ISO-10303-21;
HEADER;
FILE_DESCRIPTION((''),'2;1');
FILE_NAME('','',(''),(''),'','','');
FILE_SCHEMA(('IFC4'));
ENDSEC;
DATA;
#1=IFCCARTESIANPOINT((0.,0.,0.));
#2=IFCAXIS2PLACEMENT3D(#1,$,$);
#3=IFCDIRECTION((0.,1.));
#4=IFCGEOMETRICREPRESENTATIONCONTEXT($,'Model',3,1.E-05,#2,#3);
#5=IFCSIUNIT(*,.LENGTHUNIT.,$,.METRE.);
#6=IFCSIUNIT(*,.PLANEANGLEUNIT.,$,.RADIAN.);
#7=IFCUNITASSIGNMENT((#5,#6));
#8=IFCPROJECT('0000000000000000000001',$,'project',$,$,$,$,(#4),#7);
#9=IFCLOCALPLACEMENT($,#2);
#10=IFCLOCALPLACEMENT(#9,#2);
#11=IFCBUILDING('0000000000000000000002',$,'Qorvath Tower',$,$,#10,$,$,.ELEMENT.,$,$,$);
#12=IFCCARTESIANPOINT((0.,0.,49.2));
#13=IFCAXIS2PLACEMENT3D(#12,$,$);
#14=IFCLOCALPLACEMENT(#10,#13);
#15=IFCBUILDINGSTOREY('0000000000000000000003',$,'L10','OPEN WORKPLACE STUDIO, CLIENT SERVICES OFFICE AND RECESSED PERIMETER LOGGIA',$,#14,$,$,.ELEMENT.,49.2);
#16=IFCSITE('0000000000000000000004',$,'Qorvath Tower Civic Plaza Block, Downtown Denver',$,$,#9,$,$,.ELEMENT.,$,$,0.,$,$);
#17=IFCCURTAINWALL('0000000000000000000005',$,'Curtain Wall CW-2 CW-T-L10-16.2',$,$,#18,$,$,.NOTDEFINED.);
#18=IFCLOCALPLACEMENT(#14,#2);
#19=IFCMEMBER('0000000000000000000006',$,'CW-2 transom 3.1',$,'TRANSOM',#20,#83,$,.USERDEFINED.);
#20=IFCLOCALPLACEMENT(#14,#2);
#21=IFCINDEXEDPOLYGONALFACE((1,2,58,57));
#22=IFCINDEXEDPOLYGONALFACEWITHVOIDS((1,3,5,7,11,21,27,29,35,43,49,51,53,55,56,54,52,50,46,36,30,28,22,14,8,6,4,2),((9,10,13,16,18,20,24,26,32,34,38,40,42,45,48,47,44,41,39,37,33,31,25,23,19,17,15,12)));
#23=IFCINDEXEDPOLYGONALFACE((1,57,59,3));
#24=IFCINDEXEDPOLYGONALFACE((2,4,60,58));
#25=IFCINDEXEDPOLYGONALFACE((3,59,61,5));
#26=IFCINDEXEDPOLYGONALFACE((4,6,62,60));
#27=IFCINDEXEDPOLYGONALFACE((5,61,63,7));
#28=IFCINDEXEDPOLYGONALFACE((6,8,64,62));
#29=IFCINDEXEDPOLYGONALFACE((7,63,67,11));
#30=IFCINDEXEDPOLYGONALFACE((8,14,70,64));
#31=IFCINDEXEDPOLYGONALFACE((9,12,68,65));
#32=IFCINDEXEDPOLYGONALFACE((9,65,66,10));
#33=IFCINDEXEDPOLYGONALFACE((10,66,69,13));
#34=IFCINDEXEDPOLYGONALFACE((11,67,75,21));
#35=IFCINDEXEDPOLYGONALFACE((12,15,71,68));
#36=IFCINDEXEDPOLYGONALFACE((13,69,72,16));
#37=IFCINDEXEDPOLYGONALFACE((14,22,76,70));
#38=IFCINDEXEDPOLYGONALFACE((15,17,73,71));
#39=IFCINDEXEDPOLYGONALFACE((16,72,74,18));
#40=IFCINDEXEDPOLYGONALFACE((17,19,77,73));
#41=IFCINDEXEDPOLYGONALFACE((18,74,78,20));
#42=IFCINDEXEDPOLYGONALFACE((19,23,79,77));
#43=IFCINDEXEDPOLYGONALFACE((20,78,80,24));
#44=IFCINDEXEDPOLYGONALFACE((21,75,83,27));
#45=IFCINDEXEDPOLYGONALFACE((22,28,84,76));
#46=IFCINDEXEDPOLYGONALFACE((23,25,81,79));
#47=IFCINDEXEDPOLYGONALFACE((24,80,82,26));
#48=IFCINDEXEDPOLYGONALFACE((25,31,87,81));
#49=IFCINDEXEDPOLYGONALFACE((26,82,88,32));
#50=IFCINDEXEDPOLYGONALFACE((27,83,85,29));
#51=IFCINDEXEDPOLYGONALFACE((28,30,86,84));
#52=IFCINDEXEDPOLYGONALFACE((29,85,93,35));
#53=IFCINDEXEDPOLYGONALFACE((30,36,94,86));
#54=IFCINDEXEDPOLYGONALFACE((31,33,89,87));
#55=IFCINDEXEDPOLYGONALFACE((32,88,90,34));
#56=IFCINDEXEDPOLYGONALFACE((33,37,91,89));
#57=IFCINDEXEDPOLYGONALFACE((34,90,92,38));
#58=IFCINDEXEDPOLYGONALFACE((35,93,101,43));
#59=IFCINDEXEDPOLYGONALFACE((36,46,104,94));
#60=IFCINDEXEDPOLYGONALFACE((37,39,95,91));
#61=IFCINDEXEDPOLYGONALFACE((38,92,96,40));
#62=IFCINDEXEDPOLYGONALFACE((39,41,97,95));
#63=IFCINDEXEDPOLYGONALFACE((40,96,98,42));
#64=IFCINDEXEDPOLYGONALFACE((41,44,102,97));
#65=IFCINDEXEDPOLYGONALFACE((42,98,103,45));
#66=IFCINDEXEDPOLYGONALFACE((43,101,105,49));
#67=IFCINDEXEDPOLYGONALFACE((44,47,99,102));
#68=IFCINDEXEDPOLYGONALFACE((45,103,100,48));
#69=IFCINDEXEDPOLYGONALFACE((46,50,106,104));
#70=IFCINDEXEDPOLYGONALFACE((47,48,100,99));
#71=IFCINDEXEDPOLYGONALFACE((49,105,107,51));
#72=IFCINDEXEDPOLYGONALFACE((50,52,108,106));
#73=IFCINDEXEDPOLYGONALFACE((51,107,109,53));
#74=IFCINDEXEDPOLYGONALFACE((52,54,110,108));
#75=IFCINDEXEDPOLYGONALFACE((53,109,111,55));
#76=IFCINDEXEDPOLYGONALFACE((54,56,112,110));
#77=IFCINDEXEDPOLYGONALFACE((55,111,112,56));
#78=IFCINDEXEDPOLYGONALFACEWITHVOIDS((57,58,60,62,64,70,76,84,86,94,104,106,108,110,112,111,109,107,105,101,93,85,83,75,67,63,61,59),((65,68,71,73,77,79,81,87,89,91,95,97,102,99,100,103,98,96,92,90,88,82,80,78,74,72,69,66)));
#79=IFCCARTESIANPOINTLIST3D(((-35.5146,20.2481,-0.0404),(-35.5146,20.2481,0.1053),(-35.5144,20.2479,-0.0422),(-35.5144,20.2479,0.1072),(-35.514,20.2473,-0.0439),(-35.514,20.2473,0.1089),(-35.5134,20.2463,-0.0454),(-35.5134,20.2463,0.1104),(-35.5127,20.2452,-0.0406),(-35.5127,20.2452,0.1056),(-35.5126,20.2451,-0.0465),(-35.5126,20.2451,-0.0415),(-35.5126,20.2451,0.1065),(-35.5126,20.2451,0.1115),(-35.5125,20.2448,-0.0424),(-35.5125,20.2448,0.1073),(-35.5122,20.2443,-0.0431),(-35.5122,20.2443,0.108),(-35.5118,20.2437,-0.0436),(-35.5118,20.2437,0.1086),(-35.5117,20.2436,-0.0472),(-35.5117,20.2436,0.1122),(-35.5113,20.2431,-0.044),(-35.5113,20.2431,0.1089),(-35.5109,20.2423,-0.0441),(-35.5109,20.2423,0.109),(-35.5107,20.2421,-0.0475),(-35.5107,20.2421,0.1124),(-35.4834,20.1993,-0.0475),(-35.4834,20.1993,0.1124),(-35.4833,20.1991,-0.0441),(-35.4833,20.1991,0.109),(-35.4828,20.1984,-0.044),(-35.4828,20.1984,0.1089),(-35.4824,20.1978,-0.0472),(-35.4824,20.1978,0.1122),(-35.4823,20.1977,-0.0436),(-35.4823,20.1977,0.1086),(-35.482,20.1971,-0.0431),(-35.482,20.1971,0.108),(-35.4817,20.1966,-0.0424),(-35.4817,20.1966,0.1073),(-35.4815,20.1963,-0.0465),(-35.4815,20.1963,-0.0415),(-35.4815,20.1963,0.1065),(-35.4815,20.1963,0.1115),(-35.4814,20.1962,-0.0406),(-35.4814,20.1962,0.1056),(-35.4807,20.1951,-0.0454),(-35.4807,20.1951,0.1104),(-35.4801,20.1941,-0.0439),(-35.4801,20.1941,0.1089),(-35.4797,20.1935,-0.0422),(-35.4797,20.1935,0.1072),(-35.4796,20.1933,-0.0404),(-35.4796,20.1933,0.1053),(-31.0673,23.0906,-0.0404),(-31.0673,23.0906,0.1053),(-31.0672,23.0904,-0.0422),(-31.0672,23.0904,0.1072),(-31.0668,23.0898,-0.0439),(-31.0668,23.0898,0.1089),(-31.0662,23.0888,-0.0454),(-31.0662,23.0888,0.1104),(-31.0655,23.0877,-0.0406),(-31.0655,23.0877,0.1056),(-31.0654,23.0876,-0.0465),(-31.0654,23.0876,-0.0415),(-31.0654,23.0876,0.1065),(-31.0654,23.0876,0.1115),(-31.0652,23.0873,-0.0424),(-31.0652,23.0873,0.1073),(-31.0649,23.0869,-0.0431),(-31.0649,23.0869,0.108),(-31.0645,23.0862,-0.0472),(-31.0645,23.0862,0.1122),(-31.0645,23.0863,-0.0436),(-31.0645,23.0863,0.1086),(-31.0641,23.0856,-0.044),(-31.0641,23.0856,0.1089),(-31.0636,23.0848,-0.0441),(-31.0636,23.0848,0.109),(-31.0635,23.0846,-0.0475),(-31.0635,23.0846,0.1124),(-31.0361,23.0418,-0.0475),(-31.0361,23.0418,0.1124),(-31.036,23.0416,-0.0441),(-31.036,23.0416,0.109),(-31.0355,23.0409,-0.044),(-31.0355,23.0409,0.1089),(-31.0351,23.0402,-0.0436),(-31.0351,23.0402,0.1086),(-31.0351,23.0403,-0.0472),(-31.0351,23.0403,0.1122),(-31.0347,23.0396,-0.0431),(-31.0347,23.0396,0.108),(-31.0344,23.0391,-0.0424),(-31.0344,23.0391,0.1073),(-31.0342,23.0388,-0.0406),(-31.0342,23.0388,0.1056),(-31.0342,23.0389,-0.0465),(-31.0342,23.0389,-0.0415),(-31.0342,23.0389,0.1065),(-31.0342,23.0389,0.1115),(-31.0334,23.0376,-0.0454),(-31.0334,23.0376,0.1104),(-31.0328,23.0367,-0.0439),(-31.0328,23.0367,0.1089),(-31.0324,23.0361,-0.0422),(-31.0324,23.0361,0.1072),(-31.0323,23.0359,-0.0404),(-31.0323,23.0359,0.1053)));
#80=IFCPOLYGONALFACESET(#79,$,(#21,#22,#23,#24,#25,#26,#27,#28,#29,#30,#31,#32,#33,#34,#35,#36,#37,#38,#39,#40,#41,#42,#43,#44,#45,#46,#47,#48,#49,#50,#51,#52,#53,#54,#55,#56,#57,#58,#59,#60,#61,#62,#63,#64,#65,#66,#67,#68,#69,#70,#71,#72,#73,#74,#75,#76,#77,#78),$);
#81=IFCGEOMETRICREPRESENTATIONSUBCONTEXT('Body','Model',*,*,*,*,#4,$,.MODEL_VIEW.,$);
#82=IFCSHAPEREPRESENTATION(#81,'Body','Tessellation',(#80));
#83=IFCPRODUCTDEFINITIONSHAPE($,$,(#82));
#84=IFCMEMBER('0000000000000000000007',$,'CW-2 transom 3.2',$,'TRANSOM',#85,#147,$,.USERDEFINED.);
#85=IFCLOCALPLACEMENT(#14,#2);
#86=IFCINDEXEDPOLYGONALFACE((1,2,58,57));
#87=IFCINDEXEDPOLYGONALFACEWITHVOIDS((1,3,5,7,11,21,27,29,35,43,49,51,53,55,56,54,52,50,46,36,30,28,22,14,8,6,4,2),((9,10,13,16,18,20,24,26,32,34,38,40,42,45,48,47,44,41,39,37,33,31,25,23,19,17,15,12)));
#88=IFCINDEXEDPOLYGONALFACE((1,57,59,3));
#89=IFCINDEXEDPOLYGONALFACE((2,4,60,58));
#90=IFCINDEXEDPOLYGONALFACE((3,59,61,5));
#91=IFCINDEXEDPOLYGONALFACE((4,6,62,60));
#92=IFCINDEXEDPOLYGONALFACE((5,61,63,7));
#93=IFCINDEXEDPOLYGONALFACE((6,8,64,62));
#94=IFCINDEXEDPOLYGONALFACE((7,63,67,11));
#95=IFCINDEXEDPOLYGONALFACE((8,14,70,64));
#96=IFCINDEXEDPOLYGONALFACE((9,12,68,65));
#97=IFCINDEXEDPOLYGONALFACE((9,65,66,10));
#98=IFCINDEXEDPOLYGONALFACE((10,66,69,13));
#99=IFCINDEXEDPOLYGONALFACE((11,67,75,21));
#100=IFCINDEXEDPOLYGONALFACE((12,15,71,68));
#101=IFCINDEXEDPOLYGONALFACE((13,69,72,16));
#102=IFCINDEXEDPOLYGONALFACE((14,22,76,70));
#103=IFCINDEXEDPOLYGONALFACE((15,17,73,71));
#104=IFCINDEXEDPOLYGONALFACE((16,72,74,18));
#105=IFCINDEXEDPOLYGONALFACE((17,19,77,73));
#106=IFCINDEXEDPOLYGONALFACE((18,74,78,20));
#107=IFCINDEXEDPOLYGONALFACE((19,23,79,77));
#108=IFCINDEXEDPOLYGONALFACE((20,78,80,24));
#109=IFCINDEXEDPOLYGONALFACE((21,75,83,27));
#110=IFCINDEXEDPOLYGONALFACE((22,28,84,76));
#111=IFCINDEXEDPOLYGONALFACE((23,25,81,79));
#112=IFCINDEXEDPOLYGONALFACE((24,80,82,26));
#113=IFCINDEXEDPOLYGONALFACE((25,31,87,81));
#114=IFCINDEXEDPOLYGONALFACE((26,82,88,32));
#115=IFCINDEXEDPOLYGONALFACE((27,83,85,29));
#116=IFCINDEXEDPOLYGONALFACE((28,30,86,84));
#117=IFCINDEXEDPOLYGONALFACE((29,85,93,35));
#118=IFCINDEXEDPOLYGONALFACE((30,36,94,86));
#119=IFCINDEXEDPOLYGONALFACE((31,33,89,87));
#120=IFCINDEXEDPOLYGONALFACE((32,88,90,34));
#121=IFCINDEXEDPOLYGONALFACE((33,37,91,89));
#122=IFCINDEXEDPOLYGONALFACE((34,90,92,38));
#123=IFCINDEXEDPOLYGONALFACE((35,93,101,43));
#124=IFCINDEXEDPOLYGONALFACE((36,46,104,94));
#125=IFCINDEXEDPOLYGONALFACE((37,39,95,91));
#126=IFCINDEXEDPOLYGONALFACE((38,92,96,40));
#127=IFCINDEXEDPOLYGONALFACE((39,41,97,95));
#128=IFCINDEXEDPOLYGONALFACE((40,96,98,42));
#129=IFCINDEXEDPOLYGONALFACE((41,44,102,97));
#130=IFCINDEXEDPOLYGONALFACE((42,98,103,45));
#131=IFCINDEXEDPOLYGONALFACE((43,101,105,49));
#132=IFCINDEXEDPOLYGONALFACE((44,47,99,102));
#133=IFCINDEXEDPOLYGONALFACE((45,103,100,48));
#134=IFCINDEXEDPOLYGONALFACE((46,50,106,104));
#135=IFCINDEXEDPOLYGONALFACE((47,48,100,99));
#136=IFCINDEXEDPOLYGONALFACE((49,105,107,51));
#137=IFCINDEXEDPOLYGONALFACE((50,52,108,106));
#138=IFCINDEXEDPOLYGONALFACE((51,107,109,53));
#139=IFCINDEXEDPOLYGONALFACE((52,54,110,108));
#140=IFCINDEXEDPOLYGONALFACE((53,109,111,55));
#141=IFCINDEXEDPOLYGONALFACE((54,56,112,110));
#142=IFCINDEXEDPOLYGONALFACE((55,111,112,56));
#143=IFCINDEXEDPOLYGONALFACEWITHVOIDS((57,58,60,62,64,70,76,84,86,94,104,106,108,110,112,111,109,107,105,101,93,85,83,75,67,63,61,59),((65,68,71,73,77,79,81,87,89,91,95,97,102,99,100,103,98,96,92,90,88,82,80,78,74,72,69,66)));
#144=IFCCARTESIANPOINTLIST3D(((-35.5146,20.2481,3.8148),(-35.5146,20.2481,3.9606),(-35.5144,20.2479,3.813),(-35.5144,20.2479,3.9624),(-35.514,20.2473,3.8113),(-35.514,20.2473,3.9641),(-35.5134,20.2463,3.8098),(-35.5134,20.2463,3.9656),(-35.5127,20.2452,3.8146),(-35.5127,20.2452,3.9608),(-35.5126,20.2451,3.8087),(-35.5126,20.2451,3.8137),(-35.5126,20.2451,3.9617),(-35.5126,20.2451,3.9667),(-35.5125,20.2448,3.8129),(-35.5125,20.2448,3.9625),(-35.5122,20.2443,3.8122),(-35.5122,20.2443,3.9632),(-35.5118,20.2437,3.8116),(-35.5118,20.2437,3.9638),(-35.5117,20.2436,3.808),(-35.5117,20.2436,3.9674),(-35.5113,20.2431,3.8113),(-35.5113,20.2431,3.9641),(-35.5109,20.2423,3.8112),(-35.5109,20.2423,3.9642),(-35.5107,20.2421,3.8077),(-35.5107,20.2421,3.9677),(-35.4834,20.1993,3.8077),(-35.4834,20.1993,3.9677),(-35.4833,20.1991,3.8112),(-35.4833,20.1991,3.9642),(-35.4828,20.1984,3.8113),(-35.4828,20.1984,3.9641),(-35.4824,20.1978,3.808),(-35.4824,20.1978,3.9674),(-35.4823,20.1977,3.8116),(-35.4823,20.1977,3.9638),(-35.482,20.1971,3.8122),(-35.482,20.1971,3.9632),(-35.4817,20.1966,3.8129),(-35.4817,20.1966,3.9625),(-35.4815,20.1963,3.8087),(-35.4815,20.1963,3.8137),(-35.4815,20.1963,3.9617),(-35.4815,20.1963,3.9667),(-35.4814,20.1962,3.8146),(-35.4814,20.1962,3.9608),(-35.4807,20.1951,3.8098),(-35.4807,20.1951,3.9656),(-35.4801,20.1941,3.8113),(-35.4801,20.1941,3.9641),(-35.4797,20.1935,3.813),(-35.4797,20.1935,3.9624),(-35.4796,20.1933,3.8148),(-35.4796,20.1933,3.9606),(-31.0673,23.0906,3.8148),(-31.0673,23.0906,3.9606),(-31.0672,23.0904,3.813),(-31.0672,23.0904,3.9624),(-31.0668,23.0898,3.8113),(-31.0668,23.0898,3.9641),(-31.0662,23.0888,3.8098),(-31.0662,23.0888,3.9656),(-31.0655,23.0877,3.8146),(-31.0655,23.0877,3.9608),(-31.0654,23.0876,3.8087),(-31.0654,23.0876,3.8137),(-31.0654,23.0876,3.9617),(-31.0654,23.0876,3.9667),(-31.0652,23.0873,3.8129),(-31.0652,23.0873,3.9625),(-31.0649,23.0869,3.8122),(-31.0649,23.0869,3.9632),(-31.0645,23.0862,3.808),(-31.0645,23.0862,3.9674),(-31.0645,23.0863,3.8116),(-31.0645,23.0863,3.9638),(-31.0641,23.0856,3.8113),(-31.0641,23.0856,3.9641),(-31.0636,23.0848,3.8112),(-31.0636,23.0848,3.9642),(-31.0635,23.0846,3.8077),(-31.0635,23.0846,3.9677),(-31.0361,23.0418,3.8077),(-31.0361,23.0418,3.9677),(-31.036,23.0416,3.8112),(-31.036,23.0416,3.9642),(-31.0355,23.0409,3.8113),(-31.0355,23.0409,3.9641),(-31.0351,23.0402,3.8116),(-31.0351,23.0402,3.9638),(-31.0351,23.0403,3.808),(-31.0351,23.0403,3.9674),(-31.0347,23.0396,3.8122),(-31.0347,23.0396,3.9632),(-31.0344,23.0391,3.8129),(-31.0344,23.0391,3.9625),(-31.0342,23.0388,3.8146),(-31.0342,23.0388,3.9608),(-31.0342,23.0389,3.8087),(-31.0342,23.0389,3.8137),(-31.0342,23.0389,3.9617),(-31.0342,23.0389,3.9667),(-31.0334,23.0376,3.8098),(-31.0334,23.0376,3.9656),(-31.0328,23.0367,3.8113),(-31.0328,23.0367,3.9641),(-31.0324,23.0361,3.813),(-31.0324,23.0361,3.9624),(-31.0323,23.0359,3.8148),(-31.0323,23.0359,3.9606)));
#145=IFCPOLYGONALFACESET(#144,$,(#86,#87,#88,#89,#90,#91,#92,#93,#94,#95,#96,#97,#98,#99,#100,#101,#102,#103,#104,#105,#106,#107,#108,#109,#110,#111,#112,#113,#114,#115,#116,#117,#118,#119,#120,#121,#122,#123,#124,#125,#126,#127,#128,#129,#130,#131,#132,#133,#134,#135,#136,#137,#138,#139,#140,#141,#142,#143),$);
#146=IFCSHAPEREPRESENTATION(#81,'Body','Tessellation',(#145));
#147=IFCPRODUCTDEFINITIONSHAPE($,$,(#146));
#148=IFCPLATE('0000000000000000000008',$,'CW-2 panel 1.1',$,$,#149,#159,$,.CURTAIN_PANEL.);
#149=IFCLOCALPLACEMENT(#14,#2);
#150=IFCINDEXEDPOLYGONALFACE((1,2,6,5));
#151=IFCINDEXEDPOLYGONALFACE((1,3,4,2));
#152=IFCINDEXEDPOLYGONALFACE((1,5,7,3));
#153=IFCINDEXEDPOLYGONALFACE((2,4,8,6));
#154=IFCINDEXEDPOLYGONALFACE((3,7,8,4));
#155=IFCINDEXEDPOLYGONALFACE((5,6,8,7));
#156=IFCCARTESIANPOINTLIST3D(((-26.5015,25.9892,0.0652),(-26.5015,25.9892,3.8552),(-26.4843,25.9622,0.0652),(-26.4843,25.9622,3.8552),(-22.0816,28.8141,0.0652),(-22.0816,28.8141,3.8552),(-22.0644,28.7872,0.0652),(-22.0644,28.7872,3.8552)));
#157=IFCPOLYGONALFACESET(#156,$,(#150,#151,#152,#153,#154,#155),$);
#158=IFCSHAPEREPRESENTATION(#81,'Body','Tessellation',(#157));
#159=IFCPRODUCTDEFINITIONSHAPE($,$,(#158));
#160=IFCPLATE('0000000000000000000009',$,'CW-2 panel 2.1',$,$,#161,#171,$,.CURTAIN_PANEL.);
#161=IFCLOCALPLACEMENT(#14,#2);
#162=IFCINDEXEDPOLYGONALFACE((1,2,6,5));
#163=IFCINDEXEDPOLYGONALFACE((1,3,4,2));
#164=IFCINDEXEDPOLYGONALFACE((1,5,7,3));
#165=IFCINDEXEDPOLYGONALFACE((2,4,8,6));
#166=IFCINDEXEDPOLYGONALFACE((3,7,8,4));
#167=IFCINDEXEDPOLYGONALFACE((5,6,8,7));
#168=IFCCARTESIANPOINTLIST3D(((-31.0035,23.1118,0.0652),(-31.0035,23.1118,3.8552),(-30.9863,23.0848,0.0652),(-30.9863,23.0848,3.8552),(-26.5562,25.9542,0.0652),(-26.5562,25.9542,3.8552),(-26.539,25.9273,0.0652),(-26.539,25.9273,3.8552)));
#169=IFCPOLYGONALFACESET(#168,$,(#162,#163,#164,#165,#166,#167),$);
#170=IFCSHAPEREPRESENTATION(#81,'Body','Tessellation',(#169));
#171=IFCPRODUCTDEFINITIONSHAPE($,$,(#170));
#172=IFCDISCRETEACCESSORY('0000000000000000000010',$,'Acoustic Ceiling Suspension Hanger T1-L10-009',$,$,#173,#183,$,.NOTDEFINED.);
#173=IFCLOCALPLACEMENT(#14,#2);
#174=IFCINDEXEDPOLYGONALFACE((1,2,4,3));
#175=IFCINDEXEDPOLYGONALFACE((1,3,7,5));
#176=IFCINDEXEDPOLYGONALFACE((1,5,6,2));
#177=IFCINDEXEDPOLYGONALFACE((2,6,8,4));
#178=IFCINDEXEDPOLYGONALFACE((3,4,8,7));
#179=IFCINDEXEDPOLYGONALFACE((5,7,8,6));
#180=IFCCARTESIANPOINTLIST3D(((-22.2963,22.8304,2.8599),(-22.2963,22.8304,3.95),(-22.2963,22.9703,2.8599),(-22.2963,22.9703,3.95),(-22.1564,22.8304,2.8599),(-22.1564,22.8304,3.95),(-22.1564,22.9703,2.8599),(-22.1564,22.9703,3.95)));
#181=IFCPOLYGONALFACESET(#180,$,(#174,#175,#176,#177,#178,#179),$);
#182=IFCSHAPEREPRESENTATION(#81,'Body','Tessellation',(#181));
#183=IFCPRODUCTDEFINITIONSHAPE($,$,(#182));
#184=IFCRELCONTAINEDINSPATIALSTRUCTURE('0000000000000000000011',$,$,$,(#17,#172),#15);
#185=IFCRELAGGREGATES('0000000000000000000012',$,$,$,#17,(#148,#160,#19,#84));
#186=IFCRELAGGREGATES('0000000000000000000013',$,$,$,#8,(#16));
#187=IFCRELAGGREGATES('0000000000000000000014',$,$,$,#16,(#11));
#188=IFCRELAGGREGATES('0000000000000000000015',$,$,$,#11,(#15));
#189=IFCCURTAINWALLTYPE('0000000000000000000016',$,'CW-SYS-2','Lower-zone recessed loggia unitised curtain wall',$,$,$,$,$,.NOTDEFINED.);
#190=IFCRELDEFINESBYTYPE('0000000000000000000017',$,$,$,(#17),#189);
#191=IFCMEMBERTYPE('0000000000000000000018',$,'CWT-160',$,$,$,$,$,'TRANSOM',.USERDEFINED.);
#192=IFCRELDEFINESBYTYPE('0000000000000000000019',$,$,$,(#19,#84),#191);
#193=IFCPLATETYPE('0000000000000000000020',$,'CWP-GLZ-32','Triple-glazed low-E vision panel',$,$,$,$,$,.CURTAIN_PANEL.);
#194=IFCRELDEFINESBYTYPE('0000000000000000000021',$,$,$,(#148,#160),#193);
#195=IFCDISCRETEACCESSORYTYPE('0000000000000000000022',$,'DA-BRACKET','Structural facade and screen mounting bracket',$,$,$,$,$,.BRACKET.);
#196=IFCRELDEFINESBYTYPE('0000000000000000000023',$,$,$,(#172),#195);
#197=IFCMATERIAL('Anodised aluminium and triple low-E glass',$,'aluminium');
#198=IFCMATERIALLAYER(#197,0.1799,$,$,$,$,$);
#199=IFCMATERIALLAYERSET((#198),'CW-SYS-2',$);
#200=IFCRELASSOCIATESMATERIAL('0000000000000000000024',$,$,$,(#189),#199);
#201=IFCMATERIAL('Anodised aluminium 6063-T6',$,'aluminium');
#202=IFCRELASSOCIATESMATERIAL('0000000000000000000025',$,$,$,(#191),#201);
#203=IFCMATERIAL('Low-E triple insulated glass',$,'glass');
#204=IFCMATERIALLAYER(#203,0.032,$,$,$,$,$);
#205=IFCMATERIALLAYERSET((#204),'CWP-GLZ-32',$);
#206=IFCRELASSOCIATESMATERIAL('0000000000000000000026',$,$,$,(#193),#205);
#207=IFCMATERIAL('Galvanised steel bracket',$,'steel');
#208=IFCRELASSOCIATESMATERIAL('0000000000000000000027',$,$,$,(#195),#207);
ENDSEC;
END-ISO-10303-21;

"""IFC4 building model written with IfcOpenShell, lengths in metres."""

from ifc_helpers import new_model, si_unit, direction, frame, origin, origin_2d, place, context, subcontext, project, spatial, rectangle, hollow_rectangle, extrude, material, layer, layer_set, material_profile, profile_set, type_object, element, aggregate, save


model = new_model("IFC4")

# Units and contexts
model_context = context("Model", 3, precision=1e-05, world=origin(), true_north=direction((0.0, 1.0)))
body_context = subcontext(model_context, "Body", "Model", "MODEL_VIEW")
ifc_project = project(units=[si_unit("LENGTHUNIT", "METRE"), si_unit("PLANEANGLEUNIT", "RADIAN")], contexts=[model_context])

# Site, building, storey
site_placement = place(None, origin())
site = spatial("IfcSite", under=ifc_project, at=site_placement, Name="Qorvath Tower Civic Plaza Block, Downtown Denver", CompositionType="ELEMENT", RefElevation=0.0)
building_placement = place(site_placement, origin())
building = spatial("IfcBuilding", under=site, at=building_placement, Name="Qorvath Tower", CompositionType="ELEMENT")
storey_placement = place(building_placement, frame((0.0, 0.0, 49.2)))
storey = spatial("IfcBuildingStorey", under=building, at=storey_placement, Name="L10", Description="OPEN WORKPLACE STUDIO, CLIENT SERVICES OFFICE AND RECESSED PERIMETER LOGGIA", CompositionType="ELEMENT", Elevation=49.2)

# Shared definitions
ifc_material_1 = material(Name="Anodised aluminium and triple low-E glass", Category="aluminium")
ifc_layer_1 = layer(ifc_material_1, 0.1799)
ifc_layer_set_1 = layer_set([ifc_layer_1], Name="CW-SYS-2")
curtain_wall_type = type_object("IfcCurtainWallType", Name="CW-SYS-2", Description="Lower-zone recessed loggia unitised curtain wall", PredefinedType="NOTDEFINED", material=ifc_layer_set_1)

# Curtain wall, members, plates
curtain_wall_1_placement = place(storey_placement, origin())
curtain_wall_1 = element("IfcCurtainWall", 1, at=curtain_wall_1_placement, inside=storey, type_object=curtain_wall_type, Name="Curtain Wall CW-2 CW-T-L10-16.2", PredefinedType="NOTDEFINED")
ifc_material_2 = material(Name="Anodised aluminium 6063-T6", Category="aluminium")
ifc_material_profile_1 = material_profile(ifc_material_2, hollow_rectangle(XDim=0.0649, YDim=0.1599, WallThickness=0.0034, InnerFilletRadius=0.0034, OuterFilletRadius=0.0071, at=origin_2d()), Name="CWT 160x65")
ifc_profile_set_1 = profile_set([ifc_material_profile_1], Name="Anodised aluminium 6063-T6")
member_type_1 = type_object("IfcMemberType", Name="CWT-160", ElementType="TRANSOM", PredefinedType="USERDEFINED", material=ifc_profile_set_1)
member_1_placement = place(storey_placement, frame((-31.0498, 23.0632, 0.0325), z_axis=(-0.842591, -0.538554, 0.0), x_axis=(0.538554, -0.842591, 0.0)))
member_1 = element("IfcMember", 2, at=member_1_placement, type_object=member_type_1, Name="CW-2 transom 3.1", ObjectType="TRANSOM", PredefinedType="USERDEFINED", context=body_context, shape_type="SweptSolid", body=[
    extrude(hollow_rectangle(XDim=0.0649, YDim=0.1599, WallThickness=0.0034, InnerFilletRadius=0.0034, OuterFilletRadius=0.0071, at=origin_2d()), origin(), (0.0, 0.0, 1.0), 5.2781),
])
member_2_placement = place(storey_placement, frame((-31.0498, 23.0632, 3.8877), z_axis=(-0.842591, -0.538554, 0.0), x_axis=(0.538554, -0.842591, 0.0)))
member_2 = element("IfcMember", 3, at=member_2_placement, type_object=member_type_1, Name="CW-2 transom 3.2", ObjectType="TRANSOM", PredefinedType="USERDEFINED", context=body_context, shape_type="SweptSolid", body=[
    extrude(hollow_rectangle(XDim=0.0649, YDim=0.1599, WallThickness=0.0034, InnerFilletRadius=0.0034, OuterFilletRadius=0.0071, at=origin_2d()), origin(), (0.0, 0.0, 1.0), 5.2781),
])
ifc_material_3 = material(Name="Low-E triple insulated glass", Category="glass")
ifc_layer_2 = layer(ifc_material_3, 0.032)
ifc_layer_set_2 = layer_set([ifc_layer_2], Name="CWP-GLZ-32")
plate_type = type_object("IfcPlateType", Name="CWP-GLZ-32", Description="Triple-glazed low-E vision panel", PredefinedType="CURTAIN_PANEL", material=ifc_layer_set_2)
plate_1_placement = place(storey_placement, frame((-24.283, 27.3882, 0.0652), z_axis=(0.0, 0.0, 1.0), x_axis=(-0.842599, -0.538541, 0.0)))
plate_1 = element("IfcPlate", 4, at=plate_1_placement, type_object=plate_type, Name="CW-2 panel 1.1", PredefinedType="CURTAIN_PANEL", context=body_context, shape_type="SweptSolid", body=[
    extrude(rectangle(XDim=5.2456, YDim=0.032, at=origin_2d()), origin(), (0.0, 0.0, 1.0), 3.79),
])
plate_2_placement = place(storey_placement, frame((-28.7712, 24.5195, 0.0652), z_axis=(0.0, 0.0, 1.0), x_axis=(-0.842599, -0.538541, 0.0)))
plate_2 = element("IfcPlate", 5, at=plate_2_placement, type_object=plate_type, Name="CW-2 panel 2.1", PredefinedType="CURTAIN_PANEL", context=body_context, shape_type="SweptSolid", body=[
    extrude(rectangle(XDim=5.2781, YDim=0.032, at=origin_2d()), origin(), (0.0, 0.0, 1.0), 3.79),
])
aggregate(curtain_wall_1, [plate_1, plate_2, member_1, member_2])

# Discrete accessory
ifc_material_4 = material(Name="Galvanised steel bracket", Category="steel")
discrete_accessory_type = type_object("IfcDiscreteAccessoryType", Name="DA-BRACKET", Description="Structural facade and screen mounting bracket", PredefinedType="BRACKET", material=ifc_material_4)
discrete_accessory_placement = place(storey_placement, frame((-22.2263, 22.9004, 2.8599), z_axis=(0.0, 0.0, 1.0), x_axis=(1.0, 0.0, 0.0)))
element("IfcDiscreteAccessory", 6, at=discrete_accessory_placement, inside=storey, type_object=discrete_accessory_type, Name="Acoustic Ceiling Suspension Hanger T1-L10-009", PredefinedType="NOTDEFINED", context=body_context, shape_type="SweptSolid", body=[
    extrude(rectangle(XDim=0.1399, YDim=0.1399, at=origin_2d()), origin(), (0.0, 0.0, 1.0), 1.0901),
])

save(model, "model.ifc")
